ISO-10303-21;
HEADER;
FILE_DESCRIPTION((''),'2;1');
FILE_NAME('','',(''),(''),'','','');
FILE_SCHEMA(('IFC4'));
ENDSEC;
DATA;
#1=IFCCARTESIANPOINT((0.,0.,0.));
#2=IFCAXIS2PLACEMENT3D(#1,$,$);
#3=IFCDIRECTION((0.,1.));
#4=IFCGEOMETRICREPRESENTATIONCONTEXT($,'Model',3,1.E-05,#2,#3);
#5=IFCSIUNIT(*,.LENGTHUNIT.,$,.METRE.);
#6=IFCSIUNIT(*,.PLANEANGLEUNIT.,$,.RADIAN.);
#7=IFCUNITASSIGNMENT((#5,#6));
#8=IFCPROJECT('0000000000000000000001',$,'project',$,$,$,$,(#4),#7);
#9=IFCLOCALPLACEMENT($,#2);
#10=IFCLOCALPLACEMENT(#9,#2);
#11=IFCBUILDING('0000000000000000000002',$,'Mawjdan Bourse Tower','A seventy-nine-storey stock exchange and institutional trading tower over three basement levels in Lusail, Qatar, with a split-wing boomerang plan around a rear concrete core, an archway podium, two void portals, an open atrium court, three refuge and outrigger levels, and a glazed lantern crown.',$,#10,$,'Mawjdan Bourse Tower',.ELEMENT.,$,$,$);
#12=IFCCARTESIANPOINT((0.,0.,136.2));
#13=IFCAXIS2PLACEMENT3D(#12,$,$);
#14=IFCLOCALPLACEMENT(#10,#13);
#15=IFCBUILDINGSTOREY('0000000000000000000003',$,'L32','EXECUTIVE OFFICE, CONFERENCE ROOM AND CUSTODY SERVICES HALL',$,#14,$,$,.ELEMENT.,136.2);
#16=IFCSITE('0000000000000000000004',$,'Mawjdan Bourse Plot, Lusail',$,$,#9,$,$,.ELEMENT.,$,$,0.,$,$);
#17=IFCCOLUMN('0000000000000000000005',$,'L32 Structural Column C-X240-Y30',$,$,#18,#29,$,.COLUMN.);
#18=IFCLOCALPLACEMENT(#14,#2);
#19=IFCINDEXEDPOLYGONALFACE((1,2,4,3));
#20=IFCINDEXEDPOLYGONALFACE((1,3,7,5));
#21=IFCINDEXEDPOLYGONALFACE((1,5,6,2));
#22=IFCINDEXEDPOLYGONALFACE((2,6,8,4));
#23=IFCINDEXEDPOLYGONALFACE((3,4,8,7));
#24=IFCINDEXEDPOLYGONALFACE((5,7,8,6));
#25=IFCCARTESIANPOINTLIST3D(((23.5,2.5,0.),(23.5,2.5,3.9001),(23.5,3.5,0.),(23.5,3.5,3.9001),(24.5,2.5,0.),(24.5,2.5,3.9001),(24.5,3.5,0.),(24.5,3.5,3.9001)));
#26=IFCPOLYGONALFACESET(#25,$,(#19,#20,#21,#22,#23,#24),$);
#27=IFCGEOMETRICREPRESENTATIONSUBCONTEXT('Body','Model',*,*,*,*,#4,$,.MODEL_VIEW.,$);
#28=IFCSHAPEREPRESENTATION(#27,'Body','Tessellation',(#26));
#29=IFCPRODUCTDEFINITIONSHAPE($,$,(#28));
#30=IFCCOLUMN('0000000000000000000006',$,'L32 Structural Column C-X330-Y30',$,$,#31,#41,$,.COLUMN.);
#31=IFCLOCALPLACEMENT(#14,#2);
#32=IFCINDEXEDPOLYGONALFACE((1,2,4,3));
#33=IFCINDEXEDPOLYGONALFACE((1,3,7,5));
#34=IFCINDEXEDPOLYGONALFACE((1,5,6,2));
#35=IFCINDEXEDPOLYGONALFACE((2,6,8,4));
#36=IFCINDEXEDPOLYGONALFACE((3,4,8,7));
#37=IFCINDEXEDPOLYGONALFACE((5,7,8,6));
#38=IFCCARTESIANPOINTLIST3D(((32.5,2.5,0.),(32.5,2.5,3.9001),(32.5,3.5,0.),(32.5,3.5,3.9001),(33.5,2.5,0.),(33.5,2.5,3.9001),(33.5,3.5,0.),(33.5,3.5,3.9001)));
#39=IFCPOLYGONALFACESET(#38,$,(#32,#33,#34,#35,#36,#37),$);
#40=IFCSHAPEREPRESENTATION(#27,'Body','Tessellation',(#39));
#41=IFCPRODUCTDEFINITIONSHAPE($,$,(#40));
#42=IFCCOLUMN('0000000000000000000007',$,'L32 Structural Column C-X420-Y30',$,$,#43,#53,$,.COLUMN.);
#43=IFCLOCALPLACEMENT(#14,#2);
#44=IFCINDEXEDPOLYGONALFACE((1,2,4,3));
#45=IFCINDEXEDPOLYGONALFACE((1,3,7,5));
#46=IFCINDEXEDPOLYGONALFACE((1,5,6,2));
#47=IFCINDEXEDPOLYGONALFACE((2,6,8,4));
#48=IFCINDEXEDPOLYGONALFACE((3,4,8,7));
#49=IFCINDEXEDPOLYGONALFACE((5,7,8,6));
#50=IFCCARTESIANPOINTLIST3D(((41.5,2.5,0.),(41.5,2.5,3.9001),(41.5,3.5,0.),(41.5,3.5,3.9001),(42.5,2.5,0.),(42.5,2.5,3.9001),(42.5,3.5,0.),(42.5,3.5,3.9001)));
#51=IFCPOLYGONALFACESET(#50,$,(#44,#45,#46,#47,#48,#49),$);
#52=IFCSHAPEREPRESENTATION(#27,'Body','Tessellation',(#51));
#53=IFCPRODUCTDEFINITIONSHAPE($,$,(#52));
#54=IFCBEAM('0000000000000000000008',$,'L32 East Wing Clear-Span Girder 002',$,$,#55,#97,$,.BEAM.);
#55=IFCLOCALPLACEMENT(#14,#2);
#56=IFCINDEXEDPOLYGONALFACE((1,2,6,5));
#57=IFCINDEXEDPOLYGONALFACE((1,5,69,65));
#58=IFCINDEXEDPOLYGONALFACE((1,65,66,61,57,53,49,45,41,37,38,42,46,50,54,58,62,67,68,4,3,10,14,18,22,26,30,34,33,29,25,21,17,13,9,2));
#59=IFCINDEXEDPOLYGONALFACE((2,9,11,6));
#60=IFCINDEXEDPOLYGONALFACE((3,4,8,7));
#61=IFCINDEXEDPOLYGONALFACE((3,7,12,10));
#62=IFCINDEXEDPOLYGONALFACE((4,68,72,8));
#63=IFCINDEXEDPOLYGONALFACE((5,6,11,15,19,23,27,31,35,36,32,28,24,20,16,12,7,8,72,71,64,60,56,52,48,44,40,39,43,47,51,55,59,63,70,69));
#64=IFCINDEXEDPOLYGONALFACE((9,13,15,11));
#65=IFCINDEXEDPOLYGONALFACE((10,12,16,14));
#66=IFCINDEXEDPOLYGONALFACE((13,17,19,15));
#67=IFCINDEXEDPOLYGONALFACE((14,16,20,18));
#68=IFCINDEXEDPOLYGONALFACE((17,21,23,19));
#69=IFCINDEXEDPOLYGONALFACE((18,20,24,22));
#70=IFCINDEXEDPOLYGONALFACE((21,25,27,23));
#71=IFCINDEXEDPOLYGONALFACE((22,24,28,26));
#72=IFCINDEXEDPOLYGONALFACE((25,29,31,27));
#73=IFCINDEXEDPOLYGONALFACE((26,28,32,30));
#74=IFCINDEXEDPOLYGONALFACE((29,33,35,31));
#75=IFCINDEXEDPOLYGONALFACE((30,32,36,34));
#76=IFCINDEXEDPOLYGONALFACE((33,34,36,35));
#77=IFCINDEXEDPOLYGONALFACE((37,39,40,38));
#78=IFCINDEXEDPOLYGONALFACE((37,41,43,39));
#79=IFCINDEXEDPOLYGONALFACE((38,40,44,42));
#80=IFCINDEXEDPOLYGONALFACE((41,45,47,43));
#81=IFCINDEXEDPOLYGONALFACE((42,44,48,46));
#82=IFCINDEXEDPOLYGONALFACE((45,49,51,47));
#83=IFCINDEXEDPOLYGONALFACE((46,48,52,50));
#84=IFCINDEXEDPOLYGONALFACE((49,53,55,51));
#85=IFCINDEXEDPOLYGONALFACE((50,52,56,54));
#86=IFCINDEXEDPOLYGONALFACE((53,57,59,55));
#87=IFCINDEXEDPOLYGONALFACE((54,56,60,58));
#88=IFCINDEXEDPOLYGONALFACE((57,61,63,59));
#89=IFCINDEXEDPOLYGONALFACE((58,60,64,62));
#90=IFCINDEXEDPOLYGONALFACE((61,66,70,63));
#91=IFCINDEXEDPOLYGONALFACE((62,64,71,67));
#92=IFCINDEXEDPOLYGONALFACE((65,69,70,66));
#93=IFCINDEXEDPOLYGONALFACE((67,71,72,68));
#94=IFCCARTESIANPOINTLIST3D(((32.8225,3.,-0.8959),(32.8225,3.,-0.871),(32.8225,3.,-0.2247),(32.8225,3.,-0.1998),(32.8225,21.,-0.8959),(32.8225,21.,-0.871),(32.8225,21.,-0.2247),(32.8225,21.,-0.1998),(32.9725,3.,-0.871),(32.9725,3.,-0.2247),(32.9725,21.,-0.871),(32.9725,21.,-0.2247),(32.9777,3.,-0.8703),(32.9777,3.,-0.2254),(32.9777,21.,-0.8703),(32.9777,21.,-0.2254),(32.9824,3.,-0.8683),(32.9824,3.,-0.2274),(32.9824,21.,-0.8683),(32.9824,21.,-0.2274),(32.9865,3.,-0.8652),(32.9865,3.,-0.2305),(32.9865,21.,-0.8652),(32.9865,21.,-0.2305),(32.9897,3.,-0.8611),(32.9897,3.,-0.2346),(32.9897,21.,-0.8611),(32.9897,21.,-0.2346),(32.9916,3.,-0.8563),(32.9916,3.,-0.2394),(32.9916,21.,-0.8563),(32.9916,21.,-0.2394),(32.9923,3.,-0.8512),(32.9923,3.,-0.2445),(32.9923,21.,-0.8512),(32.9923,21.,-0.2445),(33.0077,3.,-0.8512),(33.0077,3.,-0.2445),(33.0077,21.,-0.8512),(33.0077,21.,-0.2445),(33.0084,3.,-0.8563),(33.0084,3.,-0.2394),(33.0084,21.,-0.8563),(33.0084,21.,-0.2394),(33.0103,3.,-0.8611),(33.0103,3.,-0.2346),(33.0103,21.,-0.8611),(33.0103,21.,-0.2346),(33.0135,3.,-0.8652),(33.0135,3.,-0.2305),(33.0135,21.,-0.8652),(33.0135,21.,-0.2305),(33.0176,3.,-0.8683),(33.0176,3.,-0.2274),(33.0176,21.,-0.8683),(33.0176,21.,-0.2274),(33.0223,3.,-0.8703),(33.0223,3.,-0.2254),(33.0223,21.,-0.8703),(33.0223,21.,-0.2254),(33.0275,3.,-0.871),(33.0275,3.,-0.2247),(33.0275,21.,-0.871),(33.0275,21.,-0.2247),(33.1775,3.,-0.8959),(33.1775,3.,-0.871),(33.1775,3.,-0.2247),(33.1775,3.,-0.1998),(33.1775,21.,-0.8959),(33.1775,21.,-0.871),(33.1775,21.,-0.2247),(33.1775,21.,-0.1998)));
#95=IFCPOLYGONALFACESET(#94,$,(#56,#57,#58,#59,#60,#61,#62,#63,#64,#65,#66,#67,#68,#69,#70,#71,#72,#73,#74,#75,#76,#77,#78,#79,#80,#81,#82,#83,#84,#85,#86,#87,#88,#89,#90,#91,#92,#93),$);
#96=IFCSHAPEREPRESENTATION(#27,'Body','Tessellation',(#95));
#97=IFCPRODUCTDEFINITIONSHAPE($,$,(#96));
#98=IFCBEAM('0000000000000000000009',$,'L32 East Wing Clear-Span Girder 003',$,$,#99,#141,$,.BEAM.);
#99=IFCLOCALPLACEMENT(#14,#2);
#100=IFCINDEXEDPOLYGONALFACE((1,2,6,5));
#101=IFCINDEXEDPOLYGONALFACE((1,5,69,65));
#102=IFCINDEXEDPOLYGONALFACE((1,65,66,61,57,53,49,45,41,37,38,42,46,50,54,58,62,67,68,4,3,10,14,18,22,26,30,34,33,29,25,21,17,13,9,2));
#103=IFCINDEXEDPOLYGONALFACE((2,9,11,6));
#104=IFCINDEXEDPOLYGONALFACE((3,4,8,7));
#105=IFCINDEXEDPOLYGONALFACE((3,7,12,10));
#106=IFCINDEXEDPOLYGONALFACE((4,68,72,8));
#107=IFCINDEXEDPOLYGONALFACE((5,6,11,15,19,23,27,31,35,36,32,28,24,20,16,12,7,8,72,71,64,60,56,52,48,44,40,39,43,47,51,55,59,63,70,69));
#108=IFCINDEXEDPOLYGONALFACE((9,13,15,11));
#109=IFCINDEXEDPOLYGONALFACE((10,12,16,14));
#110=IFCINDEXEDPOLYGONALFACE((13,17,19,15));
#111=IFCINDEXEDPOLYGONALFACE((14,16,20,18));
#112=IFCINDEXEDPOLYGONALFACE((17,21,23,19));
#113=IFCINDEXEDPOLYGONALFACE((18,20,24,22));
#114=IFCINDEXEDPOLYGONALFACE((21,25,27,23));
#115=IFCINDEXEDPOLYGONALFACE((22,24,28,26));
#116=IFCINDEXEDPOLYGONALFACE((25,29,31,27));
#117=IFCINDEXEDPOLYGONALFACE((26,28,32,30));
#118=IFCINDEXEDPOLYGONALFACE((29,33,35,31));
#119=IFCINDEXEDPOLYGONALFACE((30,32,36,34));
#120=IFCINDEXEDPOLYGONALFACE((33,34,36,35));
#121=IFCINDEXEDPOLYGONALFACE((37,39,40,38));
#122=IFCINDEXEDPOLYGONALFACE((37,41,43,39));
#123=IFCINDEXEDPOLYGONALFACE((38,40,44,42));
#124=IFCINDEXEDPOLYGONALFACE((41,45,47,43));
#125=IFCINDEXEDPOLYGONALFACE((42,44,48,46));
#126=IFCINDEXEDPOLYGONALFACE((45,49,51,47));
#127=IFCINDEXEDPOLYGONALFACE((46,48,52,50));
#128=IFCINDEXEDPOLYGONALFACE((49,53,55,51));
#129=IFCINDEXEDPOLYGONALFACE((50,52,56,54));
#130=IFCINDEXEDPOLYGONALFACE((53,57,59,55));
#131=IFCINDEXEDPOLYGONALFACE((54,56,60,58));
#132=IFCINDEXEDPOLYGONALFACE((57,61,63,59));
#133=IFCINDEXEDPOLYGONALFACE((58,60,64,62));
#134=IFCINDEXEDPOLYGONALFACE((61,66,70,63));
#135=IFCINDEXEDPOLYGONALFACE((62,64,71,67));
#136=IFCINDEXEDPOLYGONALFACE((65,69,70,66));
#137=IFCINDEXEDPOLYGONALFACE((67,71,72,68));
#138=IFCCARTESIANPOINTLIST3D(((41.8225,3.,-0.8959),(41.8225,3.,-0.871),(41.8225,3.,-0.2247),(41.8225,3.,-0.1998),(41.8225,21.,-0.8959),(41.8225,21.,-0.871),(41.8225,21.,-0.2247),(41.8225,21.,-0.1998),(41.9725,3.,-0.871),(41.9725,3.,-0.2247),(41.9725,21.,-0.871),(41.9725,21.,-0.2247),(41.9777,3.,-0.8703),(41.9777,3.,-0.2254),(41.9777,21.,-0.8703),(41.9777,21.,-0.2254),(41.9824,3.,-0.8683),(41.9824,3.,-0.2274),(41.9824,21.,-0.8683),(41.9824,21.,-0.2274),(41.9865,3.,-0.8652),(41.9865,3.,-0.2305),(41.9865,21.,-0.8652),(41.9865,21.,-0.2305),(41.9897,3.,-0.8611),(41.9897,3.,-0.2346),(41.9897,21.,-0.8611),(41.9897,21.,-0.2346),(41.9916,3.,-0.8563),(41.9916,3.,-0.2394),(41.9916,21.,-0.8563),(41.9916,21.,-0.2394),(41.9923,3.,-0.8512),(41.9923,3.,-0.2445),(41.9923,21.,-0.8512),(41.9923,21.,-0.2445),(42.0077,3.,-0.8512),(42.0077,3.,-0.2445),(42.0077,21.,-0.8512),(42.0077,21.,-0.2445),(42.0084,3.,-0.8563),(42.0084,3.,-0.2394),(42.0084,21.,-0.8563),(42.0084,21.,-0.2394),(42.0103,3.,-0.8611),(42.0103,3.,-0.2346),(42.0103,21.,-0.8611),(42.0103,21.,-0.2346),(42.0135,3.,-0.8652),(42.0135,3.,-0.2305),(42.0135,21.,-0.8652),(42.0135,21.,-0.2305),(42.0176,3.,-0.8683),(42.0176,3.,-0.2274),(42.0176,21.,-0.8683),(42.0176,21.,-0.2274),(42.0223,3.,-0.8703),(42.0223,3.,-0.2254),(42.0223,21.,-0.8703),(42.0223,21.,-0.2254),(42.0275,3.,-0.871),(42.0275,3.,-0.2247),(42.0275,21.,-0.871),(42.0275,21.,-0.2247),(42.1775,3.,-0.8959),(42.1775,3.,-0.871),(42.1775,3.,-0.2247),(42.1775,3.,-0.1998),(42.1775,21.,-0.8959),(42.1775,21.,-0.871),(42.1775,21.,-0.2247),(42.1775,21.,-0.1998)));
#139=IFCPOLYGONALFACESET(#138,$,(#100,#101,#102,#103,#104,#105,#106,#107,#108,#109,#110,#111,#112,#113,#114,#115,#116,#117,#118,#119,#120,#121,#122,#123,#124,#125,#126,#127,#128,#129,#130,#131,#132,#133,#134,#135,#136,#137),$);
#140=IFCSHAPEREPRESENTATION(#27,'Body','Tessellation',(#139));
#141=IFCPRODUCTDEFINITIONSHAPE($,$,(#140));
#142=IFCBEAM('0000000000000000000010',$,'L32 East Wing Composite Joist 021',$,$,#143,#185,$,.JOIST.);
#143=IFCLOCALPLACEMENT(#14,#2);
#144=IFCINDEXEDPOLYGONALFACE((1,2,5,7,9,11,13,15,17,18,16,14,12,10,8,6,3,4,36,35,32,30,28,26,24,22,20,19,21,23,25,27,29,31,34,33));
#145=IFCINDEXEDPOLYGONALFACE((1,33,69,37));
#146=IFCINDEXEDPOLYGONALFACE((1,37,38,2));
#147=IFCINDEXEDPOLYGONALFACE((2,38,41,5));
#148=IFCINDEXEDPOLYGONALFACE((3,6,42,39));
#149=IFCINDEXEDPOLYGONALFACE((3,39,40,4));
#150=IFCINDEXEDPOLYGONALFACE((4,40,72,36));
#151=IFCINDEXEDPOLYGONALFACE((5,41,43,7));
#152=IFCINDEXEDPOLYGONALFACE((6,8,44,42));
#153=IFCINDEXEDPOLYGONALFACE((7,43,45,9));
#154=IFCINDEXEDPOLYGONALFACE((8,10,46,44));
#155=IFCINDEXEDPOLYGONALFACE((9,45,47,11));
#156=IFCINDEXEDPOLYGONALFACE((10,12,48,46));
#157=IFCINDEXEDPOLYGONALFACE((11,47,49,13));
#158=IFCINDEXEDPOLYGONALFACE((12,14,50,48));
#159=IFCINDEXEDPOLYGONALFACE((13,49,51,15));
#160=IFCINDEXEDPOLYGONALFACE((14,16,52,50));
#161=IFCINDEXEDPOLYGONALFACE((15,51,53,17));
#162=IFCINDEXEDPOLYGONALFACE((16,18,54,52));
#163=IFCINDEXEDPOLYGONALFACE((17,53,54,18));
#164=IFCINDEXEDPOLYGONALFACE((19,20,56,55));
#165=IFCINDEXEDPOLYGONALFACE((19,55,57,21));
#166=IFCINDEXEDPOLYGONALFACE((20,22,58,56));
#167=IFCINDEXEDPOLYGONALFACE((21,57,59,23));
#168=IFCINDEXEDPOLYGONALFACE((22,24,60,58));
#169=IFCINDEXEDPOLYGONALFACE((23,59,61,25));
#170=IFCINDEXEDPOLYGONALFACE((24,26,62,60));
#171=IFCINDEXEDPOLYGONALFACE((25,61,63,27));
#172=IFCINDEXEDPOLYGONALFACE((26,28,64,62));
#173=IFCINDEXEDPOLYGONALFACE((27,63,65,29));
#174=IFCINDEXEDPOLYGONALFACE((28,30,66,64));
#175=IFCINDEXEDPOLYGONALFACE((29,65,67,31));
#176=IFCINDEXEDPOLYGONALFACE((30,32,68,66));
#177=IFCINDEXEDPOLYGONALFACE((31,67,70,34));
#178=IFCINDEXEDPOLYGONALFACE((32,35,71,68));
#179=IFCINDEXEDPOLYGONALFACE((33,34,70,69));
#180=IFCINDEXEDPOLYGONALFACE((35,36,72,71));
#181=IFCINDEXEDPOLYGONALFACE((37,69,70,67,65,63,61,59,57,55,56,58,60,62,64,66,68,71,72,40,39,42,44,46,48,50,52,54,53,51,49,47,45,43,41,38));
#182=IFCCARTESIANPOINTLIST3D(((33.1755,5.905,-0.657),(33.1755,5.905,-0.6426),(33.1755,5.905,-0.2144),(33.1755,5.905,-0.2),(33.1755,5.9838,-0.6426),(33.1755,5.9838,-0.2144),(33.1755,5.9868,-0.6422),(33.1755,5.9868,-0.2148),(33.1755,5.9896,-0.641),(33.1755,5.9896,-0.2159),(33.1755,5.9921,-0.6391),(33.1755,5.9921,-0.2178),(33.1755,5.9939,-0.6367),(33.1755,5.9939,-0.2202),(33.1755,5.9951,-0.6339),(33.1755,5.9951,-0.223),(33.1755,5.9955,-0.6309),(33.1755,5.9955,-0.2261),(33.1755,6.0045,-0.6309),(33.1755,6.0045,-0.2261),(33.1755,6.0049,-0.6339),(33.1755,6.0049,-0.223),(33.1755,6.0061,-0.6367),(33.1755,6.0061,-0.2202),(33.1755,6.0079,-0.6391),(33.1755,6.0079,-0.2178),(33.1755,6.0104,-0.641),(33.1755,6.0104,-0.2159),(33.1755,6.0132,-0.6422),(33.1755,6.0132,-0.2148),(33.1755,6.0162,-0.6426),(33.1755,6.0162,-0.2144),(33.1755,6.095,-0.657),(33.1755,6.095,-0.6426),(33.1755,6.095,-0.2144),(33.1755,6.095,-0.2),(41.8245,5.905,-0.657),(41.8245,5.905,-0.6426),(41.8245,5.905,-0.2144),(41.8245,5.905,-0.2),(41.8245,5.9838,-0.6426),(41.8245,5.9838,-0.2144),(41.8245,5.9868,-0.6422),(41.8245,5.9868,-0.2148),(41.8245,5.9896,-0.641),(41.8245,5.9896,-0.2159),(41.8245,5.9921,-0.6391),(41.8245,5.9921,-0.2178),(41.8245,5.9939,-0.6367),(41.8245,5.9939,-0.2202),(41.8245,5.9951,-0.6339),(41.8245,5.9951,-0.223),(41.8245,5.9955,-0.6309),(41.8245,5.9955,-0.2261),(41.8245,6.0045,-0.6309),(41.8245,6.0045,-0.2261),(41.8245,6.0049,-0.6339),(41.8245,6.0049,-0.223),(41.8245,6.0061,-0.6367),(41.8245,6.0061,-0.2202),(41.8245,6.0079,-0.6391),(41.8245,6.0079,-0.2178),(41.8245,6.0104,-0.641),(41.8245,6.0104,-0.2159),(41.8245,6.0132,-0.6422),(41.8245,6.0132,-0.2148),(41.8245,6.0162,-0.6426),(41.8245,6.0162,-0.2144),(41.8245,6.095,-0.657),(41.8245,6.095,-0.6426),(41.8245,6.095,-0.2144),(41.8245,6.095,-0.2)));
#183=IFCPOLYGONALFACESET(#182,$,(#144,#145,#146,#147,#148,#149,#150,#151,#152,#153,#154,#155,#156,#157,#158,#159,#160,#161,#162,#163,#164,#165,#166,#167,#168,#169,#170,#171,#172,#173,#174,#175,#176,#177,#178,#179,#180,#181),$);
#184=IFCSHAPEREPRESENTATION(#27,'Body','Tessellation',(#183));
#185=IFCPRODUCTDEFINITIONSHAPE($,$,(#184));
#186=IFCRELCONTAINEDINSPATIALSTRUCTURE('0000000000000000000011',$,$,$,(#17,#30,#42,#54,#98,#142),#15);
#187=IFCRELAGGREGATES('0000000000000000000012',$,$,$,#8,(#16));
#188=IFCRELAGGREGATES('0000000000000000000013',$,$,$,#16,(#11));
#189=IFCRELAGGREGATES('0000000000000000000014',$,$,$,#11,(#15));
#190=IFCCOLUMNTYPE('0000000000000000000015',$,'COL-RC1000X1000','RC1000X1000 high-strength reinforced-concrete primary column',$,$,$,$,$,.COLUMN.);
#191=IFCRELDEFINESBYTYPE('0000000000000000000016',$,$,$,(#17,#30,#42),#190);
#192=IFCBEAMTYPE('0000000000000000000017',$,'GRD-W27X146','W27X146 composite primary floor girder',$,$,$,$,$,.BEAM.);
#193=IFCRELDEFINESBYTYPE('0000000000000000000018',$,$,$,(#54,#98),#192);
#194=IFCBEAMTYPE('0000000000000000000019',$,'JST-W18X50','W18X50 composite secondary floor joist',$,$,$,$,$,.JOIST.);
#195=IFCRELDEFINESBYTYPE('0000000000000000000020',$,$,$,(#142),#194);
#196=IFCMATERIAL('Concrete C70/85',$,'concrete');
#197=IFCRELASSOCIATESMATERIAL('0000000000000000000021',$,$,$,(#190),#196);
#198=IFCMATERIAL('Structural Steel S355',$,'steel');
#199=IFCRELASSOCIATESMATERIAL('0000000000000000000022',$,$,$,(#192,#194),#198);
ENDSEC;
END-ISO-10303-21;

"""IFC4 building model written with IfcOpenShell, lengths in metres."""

from ifc_helpers import new_model, si_unit, direction, frame, origin, origin_2d, place, context, subcontext, project, spatial, rectangle, i_section, extrude, material, material_profile, profile_set, type_object, element, save


model = new_model("IFC4")

# Units and contexts
model_context = context("Model", 3, precision=1e-05, world=origin(), true_north=direction((0.0, 1.0)))
body_context = subcontext(model_context, "Body", "Model", "MODEL_VIEW")
ifc_project = project(units=[si_unit("LENGTHUNIT", "METRE"), si_unit("PLANEANGLEUNIT", "RADIAN")], contexts=[model_context])

# Site, building, storey
site_placement = place(None, origin())
site = spatial("IfcSite", under=ifc_project, at=site_placement, Name="Mawjdan Bourse Plot, Lusail", CompositionType="ELEMENT", RefElevation=0.0)
building_placement = place(site_placement, origin())
building = spatial("IfcBuilding", under=site, at=building_placement, Name="Mawjdan Bourse Tower", Description="A seventy-nine-storey stock exchange and institutional trading tower over three basement levels in Lusail, Qatar, with a split-wing boomerang plan around a rear concrete core, an archway podium, two void portals, an open atrium court, three refuge and outrigger levels, and a glazed lantern crown.", LongName="Mawjdan Bourse Tower", CompositionType="ELEMENT")
storey_placement = place(building_placement, frame((0.0, 0.0, 136.2)))
storey = spatial("IfcBuildingStorey", under=building, at=storey_placement, Name="L32", Description="EXECUTIVE OFFICE, CONFERENCE ROOM AND CUSTODY SERVICES HALL", CompositionType="ELEMENT", Elevation=136.2)

# Columns
ifc_material_1 = material(Name="Concrete C70/85", Category="concrete")
ifc_material_profile_1 = material_profile(ifc_material_1, rectangle(XDim=1.0, YDim=1.0, at=origin_2d()), Name="RC1000X1000")
ifc_profile_set_1 = profile_set([ifc_material_profile_1], Name="Concrete C70/85")
column_type = type_object("IfcColumnType", Name="COL-RC1000X1000", Description="RC1000X1000 high-strength reinforced-concrete primary column", PredefinedType="COLUMN", material=ifc_profile_set_1)
for number, where, z_axis, x_axis, name in (
    (1, (24.0, 3.0, 0.0), (0.0, 0.0, 1.0), (1.0, 0.0, 0.0), "L32 Structural Column C-X240-Y30"),
    (2, (33.0, 3.0, 0.0), (0.0, 0.0, 1.0), (1.0, 0.0, 0.0), "L32 Structural Column C-X330-Y30"),
    (3, (42.0, 3.0, 0.0), (0.0, 0.0, 1.0), (1.0, 0.0, 0.0), "L32 Structural Column C-X420-Y30"),
):
    element("IfcColumn", number, at=place(storey_placement, frame(where, z_axis=z_axis, x_axis=x_axis)), inside=storey, type_object=column_type, Name=name, PredefinedType="COLUMN", context=body_context, shape_type="SweptSolid", body=[
        extrude(rectangle(XDim=1.0, YDim=1.0, at=origin_2d()), origin(), (0.0, 0.0, 1.0), 3.9001),
    ])

# Beams
ifc_material_2 = material(Name="Structural Steel S355", Category="steel")
ifc_material_profile_2 = material_profile(ifc_material_2, i_section(OverallWidth=0.355, OverallDepth=0.696, WebThickness=0.0154, FlangeThickness=0.0249, FilletRadius=0.0198, at=origin_2d()), Name="W27X146")
ifc_profile_set_2 = profile_set([ifc_material_profile_2], Name="Structural Steel S355")
beam_type_1 = type_object("IfcBeamType", Name="GRD-W27X146", Description="W27X146 composite primary floor girder", PredefinedType="BEAM", material=ifc_profile_set_2)
for number, where, z_axis, x_axis, name in (
    (4, (33.0, 3.0, -0.5479), (0.0, 1.0, 0.0), (-1.0, 0.0, 0.0), "L32 East Wing Clear-Span Girder 002"),
    (5, (42.0, 3.0, -0.5479), (0.0, 1.0, 0.0), (-1.0, 0.0, 0.0), "L32 East Wing Clear-Span Girder 003"),
):
    element("IfcBeam", number, at=place(storey_placement, frame(where, z_axis=z_axis, x_axis=x_axis)), inside=storey, type_object=beam_type_1, Name=name, PredefinedType="BEAM", context=body_context, shape_type="SweptSolid", body=[
        extrude(i_section(OverallWidth=0.355, OverallDepth=0.696, WebThickness=0.0154, FlangeThickness=0.0249, FilletRadius=0.0198, at=origin_2d()), origin(), (0.0, 0.0, 1.0), 18.0),
    ])
ifc_material_profile_3 = material_profile(ifc_material_2, i_section(OverallWidth=0.1899, OverallDepth=0.457, WebThickness=0.009, FlangeThickness=0.0144, FilletRadius=0.0117, at=origin_2d()), Name="W18X50")
ifc_profile_set_3 = profile_set([ifc_material_profile_3], Name="Structural Steel S355")
beam_type_2 = type_object("IfcBeamType", Name="JST-W18X50", Description="W18X50 composite secondary floor joist", PredefinedType="JOIST", material=ifc_profile_set_3)
for number, where, z_axis, x_axis, name in (
    (6, (33.1755, 6.0, -0.4285), (1.0, 0.0, 0.0), (0.0, 1.0, 0.0), "L32 East Wing Composite Joist 021"),
):
    element("IfcBeam", number, at=place(storey_placement, frame(where, z_axis=z_axis, x_axis=x_axis)), inside=storey, type_object=beam_type_2, Name=name, PredefinedType="JOIST", context=body_context, shape_type="SweptSolid", body=[
        extrude(i_section(OverallWidth=0.1899, OverallDepth=0.457, WebThickness=0.009, FlangeThickness=0.0144, FilletRadius=0.0117, at=origin_2d()), origin(), (0.0, 0.0, 1.0), 8.6489),
    ])

save(model, "model.ifc")
